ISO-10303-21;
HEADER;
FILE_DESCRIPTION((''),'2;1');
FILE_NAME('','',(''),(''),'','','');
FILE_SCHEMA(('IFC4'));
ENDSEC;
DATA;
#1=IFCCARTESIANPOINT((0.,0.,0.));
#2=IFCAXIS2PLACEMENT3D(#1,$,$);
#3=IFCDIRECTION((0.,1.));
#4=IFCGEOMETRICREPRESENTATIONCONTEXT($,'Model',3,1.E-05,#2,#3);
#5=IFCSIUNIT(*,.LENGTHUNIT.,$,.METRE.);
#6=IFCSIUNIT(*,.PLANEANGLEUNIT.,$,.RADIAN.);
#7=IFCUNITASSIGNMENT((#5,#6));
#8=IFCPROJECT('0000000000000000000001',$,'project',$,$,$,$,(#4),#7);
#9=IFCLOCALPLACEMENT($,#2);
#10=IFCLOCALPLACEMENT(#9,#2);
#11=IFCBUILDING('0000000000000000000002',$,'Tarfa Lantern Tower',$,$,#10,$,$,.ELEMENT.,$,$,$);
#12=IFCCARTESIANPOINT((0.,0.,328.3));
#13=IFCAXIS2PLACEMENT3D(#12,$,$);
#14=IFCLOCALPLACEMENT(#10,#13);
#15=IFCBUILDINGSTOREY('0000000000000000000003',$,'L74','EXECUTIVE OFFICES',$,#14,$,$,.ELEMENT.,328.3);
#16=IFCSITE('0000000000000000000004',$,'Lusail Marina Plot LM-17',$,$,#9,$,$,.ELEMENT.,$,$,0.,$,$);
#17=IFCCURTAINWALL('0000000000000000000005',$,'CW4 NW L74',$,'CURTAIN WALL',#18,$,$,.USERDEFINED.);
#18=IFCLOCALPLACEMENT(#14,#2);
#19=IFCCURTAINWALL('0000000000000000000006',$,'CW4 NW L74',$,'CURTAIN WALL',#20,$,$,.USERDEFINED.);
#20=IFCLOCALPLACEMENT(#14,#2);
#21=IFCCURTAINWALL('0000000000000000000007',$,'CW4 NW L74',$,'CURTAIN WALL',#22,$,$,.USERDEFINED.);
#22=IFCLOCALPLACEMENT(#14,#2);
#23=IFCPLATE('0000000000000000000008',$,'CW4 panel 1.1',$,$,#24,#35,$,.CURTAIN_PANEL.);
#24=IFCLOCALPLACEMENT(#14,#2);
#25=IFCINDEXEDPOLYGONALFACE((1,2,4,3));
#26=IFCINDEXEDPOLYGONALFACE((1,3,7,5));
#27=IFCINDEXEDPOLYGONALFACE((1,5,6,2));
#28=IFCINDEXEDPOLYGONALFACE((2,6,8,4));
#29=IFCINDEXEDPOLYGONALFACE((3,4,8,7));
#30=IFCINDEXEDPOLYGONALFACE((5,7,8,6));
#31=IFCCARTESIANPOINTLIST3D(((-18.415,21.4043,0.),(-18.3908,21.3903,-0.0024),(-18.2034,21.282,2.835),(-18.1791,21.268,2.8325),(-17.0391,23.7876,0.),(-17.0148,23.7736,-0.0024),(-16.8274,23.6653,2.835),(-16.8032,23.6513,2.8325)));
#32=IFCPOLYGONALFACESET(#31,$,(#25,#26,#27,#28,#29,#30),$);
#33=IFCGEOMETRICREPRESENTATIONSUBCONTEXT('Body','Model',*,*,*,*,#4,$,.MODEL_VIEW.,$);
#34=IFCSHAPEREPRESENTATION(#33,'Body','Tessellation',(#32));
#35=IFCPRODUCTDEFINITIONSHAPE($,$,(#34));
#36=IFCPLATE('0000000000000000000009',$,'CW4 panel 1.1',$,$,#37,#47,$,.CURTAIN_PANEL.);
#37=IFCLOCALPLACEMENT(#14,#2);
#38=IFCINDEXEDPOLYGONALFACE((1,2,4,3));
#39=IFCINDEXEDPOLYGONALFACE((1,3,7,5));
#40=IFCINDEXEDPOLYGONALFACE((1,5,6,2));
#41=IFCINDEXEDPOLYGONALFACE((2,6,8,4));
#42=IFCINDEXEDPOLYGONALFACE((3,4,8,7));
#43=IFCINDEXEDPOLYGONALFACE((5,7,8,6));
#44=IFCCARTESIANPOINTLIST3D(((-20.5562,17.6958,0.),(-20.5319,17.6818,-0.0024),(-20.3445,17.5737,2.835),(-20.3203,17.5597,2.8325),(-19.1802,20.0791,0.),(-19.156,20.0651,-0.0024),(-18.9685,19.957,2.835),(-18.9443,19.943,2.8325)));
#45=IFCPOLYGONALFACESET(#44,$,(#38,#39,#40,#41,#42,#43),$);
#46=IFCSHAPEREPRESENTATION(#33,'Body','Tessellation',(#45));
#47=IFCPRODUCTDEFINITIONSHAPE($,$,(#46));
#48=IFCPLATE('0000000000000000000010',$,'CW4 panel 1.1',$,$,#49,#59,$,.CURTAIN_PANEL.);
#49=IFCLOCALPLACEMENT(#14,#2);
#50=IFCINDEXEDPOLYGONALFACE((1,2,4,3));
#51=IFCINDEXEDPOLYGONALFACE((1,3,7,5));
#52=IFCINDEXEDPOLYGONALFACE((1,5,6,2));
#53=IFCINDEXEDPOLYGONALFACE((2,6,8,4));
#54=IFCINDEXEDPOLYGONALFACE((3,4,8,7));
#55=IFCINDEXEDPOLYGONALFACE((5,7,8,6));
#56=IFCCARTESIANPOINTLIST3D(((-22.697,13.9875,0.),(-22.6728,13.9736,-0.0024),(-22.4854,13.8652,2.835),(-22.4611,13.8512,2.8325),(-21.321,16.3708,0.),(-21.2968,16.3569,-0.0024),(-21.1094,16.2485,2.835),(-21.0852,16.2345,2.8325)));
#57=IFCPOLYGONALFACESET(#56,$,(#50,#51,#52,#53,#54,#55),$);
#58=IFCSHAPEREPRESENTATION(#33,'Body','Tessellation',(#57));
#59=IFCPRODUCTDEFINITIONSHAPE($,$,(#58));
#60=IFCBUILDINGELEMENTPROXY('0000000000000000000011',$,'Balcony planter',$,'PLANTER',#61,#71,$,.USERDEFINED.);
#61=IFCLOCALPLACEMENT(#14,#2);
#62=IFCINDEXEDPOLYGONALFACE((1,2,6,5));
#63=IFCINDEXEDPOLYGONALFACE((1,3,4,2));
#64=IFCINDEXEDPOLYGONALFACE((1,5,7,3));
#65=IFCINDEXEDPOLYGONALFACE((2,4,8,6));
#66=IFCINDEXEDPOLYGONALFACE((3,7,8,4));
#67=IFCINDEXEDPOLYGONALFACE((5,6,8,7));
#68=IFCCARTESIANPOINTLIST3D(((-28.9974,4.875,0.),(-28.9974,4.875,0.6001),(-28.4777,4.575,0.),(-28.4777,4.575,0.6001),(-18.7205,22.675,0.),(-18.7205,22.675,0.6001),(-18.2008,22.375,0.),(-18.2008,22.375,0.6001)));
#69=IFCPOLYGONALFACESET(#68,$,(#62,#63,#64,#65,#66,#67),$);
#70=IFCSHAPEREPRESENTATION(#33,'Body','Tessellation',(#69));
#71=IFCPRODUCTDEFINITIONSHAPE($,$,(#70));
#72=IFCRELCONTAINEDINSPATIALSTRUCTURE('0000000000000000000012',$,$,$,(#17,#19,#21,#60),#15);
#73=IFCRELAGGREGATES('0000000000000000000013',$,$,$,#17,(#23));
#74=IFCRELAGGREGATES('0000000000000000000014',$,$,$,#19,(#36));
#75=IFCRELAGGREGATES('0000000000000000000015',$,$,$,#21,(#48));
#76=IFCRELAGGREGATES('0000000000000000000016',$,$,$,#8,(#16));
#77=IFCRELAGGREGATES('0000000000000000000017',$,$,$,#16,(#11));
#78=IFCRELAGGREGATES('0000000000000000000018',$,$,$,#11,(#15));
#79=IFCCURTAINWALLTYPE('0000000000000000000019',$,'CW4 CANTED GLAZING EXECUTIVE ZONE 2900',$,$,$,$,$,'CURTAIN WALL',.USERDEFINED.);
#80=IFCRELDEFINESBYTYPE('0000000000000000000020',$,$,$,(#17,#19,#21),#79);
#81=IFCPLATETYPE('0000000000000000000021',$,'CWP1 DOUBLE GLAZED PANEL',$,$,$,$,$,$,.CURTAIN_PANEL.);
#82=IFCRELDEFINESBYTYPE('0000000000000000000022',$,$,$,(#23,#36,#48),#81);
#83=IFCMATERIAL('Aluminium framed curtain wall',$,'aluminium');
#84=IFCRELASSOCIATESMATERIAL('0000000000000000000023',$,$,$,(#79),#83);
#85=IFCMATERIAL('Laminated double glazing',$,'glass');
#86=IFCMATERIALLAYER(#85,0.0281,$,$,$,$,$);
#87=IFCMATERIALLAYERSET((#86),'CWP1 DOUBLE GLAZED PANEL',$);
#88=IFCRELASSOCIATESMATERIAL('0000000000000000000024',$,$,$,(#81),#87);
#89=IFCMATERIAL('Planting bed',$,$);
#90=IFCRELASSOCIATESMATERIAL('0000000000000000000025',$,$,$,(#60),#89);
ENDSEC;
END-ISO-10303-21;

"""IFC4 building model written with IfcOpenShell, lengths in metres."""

from ifc_helpers import new_model, si_unit, direction, frame, origin, origin_2d, place, context, subcontext, project, spatial, polyline, rectangle, outline, extrude, material, layer, layer_set, type_object, element, aggregate, save


model = new_model("IFC4")

# Units and contexts
model_context = context("Model", 3, precision=1e-05, world=origin(), true_north=direction((0.0, 1.0)))
body_context = subcontext(model_context, "Body", "Model", "MODEL_VIEW")
ifc_project = project(units=[si_unit("LENGTHUNIT", "METRE"), si_unit("PLANEANGLEUNIT", "RADIAN")], contexts=[model_context])

# Site, building, storey
site_placement = place(None, origin())
site = spatial("IfcSite", under=ifc_project, at=site_placement, Name="Lusail Marina Plot LM-17", CompositionType="ELEMENT", RefElevation=0.0)
building_placement = place(site_placement, origin())
building = spatial("IfcBuilding", under=site, at=building_placement, Name="Tarfa Lantern Tower", CompositionType="ELEMENT")
storey_placement = place(building_placement, frame((0.0, 0.0, 328.3)))
storey = spatial("IfcBuildingStorey", under=building, at=storey_placement, Name="L74", Description="EXECUTIVE OFFICES", CompositionType="ELEMENT", Elevation=328.3)

# Curtain wall
ifc_material_1 = material(Name="Aluminium framed curtain wall", Category="aluminium")
curtain_wall_type = type_object("IfcCurtainWallType", Name="CW4 CANTED GLAZING EXECUTIVE ZONE 2900", ElementType="CURTAIN WALL", PredefinedType="USERDEFINED", material=ifc_material_1)
curtain_wall_1_placement = place(storey_placement, origin())
curtain_wall_1 = element("IfcCurtainWall", 1, at=curtain_wall_1_placement, inside=storey, type_object=curtain_wall_type, Name="CW4 NW L74", ObjectType="CURTAIN WALL", PredefinedType="USERDEFINED")

# Curtain walls
curtain_wall_2_placement = place(storey_placement, origin())
curtain_wall_2 = element("IfcCurtainWall", 2, at=curtain_wall_2_placement, inside=storey, type_object=curtain_wall_type, Name="CW4 NW L74", ObjectType="CURTAIN WALL", PredefinedType="USERDEFINED")
curtain_wall_3_placement = place(storey_placement, origin())
curtain_wall_3 = element("IfcCurtainWall", 3, at=curtain_wall_3_placement, inside=storey, type_object=curtain_wall_type, Name="CW4 NW L74", ObjectType="CURTAIN WALL", PredefinedType="USERDEFINED")

# Plates
ifc_material_2 = material(Name="Laminated double glazing", Category="glass")
ifc_layer = layer(ifc_material_2, 0.0281)
ifc_layer_set = layer_set([ifc_layer], Name="CWP1 DOUBLE GLAZED PANEL")
plate_type = type_object("IfcPlateType", Name="CWP1 DOUBLE GLAZED PANEL", PredefinedType="CURTAIN_PANEL", material=ifc_layer_set)
plate_1_placement = place(storey_placement, frame((-17.0391, 23.7876, 0.0), z_axis=(-0.862827, 0.498145, 0.085915), x_axis=(-0.499994, -0.866029, 0.0)))
plate_1 = element("IfcPlate", 4, at=plate_1_placement, type_object=plate_type, Name="CW4 panel 1.1", PredefinedType="CURTAIN_PANEL", context=body_context, shape_type="SweptSolid", body=[
    extrude(outline(polyline([(0.0, 0.0), (2.752, 0.0), (2.7521, 2.8455), (0.0001, 2.8455), (0.0, 0.0)])), origin(), (0.0, 0.0, -1.0), 0.0281),
])
aggregate(curtain_wall_1, [plate_1])
plate_2_placement = place(storey_placement, frame((-19.1802, 20.0791, 0.0), z_axis=(-0.86283, 0.498147, 0.085872), x_axis=(-0.499994, -0.866029, 0.0)))
plate_2 = element("IfcPlate", 5, at=plate_2_placement, type_object=plate_type, Name="CW4 panel 1.1", PredefinedType="CURTAIN_PANEL", context=body_context, shape_type="SweptSolid", body=[
    extrude(outline(polyline([(0.0, 0.0), (2.752, 0.0), (2.7519, 2.8455), (-0.0001, 2.8455), (0.0, 0.0)])), origin(), (0.0, 0.0, -1.0), 0.0281),
])
aggregate(curtain_wall_2, [plate_2])
plate_3_placement = place(storey_placement, frame((-21.321, 16.3708, 0.0), z_axis=(-0.862827, 0.498145, 0.085915), x_axis=(-0.499994, -0.866029, 0.0)))
plate_3 = element("IfcPlate", 6, at=plate_3_placement, type_object=plate_type, Name="CW4 panel 1.1", PredefinedType="CURTAIN_PANEL", context=body_context, shape_type="SweptSolid", body=[
    extrude(outline(polyline([(0.0, 0.0), (2.752, 0.0), (2.7521, 2.8455), (0.0001, 2.8455), (0.0, 0.0)])), origin(), (0.0, 0.0, -1.0), 0.0281),
])
aggregate(curtain_wall_3, [plate_3])

# Building element proxy
ifc_material_3 = material(Name="Planting bed")
proxy_placement = place(storey_placement, frame((-23.5991, 13.625, 0.0), z_axis=(0.0, 0.0, 1.0), x_axis=(-0.5, -0.866025, 0.0)))
element("IfcBuildingElementProxy", 7, at=proxy_placement, inside=storey, material=ifc_material_3, Name="Balcony planter", ObjectType="PLANTER", PredefinedType="USERDEFINED", context=body_context, shape_type="SweptSolid", body=[
    extrude(rectangle(XDim=20.5537, YDim=0.6001, at=origin_2d()), origin(), (0.0, 0.0, 1.0), 0.6001),
])

save(model, "model.ifc")
